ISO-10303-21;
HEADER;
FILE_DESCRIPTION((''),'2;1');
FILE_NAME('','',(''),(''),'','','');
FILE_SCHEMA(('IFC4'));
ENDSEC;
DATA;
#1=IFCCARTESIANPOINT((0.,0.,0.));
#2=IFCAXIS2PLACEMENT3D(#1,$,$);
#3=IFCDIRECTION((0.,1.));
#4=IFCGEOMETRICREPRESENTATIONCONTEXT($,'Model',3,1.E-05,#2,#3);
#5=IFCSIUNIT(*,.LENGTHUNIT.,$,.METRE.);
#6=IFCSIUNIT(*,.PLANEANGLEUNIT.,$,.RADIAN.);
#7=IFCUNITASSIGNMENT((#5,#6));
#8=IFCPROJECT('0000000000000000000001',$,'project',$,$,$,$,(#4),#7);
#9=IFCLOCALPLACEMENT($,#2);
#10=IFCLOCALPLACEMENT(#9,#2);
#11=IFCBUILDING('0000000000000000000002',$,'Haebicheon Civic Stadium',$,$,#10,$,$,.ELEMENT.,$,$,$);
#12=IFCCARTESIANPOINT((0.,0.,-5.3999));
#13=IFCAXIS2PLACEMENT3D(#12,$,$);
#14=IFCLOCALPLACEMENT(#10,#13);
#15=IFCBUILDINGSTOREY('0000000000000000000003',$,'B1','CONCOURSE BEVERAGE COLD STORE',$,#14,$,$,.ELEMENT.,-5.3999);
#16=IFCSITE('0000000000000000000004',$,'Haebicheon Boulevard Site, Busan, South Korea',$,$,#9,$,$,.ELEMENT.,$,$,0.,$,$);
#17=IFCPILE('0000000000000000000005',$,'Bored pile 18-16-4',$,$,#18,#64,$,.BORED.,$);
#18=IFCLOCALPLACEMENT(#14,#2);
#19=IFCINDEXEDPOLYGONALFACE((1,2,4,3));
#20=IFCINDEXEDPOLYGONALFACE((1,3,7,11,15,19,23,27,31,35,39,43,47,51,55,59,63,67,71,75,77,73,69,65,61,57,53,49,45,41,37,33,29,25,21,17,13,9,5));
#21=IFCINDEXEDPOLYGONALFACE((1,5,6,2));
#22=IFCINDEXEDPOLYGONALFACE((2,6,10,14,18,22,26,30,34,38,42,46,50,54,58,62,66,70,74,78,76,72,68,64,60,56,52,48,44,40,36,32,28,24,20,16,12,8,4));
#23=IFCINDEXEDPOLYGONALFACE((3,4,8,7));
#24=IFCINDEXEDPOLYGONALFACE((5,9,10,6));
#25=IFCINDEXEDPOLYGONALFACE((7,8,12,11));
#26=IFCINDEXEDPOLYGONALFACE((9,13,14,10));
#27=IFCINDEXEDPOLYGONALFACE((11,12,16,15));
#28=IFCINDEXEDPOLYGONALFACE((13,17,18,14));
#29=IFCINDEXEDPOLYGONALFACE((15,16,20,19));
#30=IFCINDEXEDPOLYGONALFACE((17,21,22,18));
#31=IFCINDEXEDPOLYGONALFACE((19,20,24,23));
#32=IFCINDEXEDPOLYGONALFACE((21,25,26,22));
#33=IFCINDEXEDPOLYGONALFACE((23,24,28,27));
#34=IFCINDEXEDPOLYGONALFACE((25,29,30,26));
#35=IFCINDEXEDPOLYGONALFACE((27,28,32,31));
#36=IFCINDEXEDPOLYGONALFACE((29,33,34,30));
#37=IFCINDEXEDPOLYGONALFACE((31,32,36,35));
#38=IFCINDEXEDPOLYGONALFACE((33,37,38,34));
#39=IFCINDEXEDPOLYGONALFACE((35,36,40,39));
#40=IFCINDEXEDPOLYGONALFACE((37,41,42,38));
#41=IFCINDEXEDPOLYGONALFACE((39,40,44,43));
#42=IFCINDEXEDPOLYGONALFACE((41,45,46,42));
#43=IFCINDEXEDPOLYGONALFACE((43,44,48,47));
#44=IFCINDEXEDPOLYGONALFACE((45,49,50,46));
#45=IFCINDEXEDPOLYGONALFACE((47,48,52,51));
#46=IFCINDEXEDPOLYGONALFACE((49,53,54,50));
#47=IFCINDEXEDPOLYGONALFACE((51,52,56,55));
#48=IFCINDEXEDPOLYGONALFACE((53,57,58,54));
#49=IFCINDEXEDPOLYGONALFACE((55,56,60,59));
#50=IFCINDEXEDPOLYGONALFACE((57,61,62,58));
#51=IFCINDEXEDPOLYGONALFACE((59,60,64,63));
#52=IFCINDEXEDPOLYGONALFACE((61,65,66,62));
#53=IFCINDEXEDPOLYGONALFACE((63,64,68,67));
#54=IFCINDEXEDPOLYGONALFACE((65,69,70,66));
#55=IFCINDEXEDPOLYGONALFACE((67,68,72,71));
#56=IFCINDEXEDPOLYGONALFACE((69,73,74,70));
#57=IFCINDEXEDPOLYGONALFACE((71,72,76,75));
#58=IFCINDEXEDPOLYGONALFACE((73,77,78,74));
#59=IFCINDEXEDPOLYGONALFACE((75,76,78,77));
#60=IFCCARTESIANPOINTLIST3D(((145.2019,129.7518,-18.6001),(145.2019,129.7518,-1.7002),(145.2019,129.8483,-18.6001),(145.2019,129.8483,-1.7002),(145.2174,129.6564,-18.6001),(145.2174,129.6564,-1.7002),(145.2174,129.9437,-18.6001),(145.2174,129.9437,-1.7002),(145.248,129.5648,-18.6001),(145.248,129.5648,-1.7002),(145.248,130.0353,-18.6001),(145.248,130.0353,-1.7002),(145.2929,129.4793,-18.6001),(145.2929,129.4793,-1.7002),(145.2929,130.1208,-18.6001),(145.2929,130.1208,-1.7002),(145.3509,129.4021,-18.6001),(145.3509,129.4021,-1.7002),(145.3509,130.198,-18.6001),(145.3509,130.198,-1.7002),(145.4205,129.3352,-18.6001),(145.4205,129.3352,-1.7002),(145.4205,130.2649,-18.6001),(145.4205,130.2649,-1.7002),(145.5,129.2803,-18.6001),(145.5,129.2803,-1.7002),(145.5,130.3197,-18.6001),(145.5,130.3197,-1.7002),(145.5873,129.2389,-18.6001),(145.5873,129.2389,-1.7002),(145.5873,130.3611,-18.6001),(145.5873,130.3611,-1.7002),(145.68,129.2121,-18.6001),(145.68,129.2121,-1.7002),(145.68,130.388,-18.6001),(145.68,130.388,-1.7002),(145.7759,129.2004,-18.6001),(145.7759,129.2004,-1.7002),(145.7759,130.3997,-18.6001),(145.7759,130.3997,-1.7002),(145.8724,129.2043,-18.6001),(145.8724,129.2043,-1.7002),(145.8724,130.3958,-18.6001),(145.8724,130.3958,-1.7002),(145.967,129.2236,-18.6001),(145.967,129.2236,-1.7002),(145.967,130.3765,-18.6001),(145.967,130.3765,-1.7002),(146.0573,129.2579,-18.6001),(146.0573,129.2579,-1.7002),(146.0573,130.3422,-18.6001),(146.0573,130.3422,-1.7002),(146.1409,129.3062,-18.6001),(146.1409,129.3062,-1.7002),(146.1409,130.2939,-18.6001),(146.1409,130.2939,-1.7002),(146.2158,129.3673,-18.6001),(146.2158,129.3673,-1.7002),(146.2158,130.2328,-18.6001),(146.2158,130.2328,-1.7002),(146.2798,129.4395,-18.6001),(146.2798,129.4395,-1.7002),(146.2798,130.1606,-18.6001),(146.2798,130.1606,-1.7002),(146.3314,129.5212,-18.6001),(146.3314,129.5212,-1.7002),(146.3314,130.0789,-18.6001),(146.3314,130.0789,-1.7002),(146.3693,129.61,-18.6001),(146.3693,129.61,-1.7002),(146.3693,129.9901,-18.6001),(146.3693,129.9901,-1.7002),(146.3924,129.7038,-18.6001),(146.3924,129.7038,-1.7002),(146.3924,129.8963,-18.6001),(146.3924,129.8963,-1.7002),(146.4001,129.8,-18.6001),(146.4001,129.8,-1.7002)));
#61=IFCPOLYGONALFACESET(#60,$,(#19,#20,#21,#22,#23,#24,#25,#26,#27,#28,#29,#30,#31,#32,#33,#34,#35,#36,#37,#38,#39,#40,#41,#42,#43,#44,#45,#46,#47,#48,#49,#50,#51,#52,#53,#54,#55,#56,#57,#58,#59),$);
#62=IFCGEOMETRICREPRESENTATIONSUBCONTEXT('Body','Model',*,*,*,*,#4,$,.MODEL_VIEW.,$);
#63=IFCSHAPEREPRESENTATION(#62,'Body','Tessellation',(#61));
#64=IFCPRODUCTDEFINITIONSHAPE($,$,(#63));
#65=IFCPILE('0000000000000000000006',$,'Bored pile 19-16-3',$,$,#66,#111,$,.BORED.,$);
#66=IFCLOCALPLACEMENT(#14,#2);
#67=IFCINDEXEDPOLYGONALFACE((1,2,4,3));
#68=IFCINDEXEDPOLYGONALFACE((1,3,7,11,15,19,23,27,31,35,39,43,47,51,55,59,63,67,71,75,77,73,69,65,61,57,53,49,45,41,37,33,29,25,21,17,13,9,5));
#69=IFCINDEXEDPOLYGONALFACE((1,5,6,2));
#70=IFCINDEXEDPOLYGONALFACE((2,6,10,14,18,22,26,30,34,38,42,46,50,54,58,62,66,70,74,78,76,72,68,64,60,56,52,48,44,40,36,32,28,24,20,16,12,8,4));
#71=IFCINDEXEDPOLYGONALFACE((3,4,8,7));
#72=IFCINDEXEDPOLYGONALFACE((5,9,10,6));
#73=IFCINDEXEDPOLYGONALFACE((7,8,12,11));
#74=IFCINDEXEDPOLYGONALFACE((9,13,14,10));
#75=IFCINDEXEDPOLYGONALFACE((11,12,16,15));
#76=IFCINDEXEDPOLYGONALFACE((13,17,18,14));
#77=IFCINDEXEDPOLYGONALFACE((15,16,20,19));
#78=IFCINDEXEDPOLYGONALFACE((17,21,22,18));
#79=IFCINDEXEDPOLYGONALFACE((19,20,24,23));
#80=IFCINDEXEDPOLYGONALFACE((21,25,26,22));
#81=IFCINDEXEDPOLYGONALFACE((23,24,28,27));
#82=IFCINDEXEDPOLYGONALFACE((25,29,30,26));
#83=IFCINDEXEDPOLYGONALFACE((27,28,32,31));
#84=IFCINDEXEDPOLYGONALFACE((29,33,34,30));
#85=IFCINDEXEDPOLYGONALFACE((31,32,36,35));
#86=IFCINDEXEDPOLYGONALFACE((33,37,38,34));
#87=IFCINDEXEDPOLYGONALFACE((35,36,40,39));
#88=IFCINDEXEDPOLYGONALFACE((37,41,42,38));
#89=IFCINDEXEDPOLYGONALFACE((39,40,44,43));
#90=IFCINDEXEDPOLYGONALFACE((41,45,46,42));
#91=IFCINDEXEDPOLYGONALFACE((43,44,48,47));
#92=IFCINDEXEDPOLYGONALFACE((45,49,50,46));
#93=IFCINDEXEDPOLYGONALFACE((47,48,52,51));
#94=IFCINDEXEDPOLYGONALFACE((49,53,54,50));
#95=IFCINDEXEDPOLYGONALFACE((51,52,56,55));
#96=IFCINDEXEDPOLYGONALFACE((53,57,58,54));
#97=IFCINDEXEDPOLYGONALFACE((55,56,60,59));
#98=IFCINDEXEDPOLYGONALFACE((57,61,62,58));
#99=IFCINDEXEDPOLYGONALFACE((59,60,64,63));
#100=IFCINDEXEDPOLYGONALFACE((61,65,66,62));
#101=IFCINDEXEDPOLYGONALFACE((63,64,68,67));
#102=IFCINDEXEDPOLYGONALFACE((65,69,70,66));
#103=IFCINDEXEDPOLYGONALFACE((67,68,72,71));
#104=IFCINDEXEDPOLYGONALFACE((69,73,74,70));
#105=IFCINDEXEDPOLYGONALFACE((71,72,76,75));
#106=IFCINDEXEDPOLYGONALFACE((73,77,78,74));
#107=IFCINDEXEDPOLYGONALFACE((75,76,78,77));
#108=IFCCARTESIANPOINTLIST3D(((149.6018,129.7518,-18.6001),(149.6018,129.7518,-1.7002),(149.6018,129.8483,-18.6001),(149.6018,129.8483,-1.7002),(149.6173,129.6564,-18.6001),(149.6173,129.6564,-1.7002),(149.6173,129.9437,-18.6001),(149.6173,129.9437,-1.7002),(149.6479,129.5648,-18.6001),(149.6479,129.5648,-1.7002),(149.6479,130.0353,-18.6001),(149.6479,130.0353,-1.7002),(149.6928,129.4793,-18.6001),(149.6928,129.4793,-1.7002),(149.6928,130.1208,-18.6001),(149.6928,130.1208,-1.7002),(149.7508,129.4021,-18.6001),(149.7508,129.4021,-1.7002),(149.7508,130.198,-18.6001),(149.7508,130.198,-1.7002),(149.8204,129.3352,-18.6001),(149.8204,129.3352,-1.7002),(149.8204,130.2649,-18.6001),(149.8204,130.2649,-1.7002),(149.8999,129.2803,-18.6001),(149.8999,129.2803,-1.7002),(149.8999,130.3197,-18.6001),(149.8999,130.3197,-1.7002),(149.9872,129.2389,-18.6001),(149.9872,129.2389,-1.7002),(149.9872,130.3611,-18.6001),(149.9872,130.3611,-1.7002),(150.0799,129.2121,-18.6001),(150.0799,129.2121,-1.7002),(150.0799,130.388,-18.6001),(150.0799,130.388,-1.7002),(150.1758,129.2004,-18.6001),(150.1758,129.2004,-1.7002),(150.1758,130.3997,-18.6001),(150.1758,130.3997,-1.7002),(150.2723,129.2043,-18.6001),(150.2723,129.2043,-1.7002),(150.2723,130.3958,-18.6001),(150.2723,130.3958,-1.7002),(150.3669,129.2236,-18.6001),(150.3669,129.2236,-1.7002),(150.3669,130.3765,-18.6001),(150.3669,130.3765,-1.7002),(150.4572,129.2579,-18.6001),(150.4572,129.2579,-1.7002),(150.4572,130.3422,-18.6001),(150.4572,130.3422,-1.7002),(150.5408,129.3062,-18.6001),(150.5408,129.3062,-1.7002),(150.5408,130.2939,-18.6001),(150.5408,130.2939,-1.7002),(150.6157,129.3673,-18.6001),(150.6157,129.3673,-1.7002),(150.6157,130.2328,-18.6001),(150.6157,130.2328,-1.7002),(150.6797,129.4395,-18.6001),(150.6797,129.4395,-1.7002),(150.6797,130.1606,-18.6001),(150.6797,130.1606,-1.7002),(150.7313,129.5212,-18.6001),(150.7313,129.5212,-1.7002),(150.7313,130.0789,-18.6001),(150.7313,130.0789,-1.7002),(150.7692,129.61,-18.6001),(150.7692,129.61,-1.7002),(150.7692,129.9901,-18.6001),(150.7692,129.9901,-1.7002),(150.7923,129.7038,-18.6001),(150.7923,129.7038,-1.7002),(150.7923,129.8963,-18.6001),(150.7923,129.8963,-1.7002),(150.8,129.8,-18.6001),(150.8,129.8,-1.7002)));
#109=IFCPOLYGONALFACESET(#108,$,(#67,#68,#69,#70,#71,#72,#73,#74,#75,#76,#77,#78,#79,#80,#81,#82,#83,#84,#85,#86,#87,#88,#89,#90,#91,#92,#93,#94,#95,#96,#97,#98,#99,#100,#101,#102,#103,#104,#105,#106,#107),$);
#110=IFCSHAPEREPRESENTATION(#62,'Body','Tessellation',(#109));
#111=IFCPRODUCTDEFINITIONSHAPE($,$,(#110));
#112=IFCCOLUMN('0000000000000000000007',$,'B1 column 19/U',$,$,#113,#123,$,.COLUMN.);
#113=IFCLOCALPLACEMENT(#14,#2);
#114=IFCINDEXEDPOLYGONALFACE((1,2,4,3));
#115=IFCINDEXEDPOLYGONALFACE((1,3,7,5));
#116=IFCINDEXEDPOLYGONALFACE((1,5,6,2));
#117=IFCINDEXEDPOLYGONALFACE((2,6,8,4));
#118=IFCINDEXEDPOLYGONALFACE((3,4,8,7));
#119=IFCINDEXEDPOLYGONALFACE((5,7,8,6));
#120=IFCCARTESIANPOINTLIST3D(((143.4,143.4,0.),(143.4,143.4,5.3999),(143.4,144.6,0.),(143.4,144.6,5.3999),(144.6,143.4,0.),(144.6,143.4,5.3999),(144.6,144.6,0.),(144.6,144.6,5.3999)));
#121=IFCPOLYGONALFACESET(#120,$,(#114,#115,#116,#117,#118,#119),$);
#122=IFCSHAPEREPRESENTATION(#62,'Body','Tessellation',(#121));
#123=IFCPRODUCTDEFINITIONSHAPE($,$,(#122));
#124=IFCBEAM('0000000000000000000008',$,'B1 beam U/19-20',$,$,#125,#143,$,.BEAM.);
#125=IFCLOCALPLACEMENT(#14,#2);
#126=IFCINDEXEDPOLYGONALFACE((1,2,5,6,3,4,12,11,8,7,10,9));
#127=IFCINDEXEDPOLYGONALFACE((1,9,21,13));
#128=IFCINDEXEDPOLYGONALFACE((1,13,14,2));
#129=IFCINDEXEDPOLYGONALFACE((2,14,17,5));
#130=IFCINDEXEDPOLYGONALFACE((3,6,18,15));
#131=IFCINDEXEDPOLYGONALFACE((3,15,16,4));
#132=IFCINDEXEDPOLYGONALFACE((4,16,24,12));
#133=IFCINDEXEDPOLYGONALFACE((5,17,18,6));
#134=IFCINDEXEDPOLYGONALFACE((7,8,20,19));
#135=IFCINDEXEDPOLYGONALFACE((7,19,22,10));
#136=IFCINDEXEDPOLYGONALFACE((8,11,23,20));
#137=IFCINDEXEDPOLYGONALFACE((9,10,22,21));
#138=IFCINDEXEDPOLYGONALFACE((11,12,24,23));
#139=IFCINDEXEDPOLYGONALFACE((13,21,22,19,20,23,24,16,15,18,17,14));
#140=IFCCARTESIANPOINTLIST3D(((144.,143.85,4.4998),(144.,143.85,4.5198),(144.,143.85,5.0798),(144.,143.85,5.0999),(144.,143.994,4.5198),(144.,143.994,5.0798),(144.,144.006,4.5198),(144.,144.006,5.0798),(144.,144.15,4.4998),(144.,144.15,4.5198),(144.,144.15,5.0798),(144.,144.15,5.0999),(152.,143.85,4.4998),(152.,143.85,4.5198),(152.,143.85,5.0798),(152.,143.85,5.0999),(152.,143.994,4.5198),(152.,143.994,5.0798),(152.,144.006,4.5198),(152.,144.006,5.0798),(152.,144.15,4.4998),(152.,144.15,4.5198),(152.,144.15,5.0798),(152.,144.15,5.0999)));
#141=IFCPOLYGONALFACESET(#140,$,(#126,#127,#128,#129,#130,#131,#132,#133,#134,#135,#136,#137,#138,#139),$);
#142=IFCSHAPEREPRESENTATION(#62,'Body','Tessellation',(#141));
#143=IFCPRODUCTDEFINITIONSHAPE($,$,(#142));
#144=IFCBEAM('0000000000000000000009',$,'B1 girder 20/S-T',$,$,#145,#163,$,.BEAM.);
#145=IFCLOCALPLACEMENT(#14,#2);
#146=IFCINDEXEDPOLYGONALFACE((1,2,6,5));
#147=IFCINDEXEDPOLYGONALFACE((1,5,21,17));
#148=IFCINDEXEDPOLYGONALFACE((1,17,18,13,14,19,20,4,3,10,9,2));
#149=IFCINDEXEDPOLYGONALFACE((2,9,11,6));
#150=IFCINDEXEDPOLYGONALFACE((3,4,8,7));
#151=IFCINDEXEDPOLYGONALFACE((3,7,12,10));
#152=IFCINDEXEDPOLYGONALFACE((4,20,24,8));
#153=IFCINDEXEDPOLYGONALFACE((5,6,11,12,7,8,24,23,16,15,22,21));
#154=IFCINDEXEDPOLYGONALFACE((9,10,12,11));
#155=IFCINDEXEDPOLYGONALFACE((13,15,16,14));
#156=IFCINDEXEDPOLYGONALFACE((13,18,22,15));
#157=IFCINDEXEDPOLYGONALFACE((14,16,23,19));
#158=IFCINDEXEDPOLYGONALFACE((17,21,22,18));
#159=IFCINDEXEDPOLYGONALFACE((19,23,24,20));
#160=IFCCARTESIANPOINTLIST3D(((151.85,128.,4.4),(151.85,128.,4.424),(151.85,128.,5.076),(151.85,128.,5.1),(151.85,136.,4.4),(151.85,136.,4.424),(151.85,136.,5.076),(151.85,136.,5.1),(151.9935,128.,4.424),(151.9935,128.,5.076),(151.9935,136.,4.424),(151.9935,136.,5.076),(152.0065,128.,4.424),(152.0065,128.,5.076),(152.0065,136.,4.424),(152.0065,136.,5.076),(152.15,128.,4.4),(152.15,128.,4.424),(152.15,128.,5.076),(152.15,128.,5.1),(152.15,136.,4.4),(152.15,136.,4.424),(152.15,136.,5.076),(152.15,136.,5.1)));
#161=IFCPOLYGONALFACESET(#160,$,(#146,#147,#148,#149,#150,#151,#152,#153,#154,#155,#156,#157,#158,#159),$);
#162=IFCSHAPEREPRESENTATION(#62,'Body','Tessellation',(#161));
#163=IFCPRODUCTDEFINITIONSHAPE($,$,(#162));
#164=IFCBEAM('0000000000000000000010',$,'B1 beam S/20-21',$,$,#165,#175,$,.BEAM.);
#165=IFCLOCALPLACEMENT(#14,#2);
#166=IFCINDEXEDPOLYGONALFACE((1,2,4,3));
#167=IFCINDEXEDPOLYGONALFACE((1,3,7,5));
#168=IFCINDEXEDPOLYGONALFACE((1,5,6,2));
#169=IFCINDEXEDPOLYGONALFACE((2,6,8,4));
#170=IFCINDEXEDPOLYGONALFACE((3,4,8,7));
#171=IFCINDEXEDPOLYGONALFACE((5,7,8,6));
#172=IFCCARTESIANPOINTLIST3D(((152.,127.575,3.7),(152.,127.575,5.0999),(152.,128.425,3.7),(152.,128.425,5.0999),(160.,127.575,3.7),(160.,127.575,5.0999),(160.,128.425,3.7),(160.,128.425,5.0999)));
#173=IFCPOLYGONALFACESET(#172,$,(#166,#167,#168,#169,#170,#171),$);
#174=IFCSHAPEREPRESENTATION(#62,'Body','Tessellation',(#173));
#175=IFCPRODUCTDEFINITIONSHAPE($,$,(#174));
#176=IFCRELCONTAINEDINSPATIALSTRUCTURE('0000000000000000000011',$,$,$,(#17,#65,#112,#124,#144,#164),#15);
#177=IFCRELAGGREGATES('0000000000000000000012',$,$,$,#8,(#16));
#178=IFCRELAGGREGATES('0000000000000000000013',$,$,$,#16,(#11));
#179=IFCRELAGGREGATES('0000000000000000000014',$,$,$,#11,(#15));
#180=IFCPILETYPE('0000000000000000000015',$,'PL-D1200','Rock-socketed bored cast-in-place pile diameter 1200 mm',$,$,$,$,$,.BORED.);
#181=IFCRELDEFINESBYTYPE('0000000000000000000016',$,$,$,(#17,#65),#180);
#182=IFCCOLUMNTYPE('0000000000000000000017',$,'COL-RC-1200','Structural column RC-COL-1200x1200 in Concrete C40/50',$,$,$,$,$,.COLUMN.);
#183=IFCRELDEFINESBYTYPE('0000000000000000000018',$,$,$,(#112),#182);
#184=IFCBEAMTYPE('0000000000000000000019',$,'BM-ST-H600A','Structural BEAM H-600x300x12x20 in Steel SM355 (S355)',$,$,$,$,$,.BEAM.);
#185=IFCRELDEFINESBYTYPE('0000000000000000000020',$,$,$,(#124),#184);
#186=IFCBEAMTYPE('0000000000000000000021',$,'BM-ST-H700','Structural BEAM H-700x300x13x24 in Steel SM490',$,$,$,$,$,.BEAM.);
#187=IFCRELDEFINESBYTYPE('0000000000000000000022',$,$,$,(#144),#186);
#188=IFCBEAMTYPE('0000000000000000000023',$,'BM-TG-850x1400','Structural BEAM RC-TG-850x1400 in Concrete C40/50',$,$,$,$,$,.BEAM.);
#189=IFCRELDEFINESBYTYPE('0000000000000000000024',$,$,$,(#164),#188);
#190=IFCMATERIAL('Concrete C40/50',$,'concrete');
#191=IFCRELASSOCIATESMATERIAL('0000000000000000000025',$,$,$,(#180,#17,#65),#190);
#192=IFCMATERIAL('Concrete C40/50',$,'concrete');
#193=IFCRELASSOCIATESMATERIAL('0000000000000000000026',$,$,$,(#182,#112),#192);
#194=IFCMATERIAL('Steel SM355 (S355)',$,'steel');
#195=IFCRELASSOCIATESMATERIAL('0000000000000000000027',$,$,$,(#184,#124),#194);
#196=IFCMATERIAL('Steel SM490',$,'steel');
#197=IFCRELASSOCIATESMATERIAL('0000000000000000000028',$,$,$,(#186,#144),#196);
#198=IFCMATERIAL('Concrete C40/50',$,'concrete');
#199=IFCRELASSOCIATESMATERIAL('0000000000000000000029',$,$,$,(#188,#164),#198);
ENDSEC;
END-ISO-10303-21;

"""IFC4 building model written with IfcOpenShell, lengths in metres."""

from ifc_helpers import new_model, si_unit, direction, frame, origin, origin_2d, place, context, subcontext, project, spatial, rectangle, circle, i_section, extrude, material, material_profile, profile_set, type_object, element, save


model = new_model("IFC4")

# Units and contexts
model_context = context("Model", 3, precision=1e-05, world=origin(), true_north=direction((0.0, 1.0)))
body_context = subcontext(model_context, "Body", "Model", "MODEL_VIEW")
ifc_project = project(units=[si_unit("LENGTHUNIT", "METRE"), si_unit("PLANEANGLEUNIT", "RADIAN")], contexts=[model_context])

# Site, building, storey
site_placement = place(None, origin())
site = spatial("IfcSite", under=ifc_project, at=site_placement, Name="Haebicheon Boulevard Site, Busan, South Korea", CompositionType="ELEMENT", RefElevation=0.0)
building_placement = place(site_placement, origin())
building = spatial("IfcBuilding", under=site, at=building_placement, Name="Haebicheon Civic Stadium", CompositionType="ELEMENT")
storey_placement = place(building_placement, frame((0.0, 0.0, -5.3999)))
storey = spatial("IfcBuildingStorey", under=building, at=storey_placement, Name="B1", Description="CONCOURSE BEVERAGE COLD STORE", CompositionType="ELEMENT", Elevation=-5.3999)

# Piles
ifc_material_1 = material(Name="Concrete C40/50", Category="concrete")
ifc_material_profile_1 = material_profile(ifc_material_1, circle(Radius=0.6001, at=origin_2d()), Name="PILE-D1200")
ifc_profile_set_1 = profile_set([ifc_material_profile_1], Name="Concrete C40/50")
pile_type_1 = type_object("IfcPileType", Name="PL-D1200", Description="Rock-socketed bored cast-in-place pile diameter 1200 mm", PredefinedType="BORED", material=ifc_profile_set_1)
for number, where, z_axis, x_axis, name in (
    (1, (145.8, 129.8, -1.7002), (0.0, 0.0, -1.0), (1.0, 0.0, 0.0), "Bored pile 18-16-4"),
    (2, (150.2, 129.8, -1.7002), (0.0, 0.0, -1.0), (1.0, 0.0, 0.0), "Bored pile 19-16-3"),
):
    element("IfcPile", number, at=place(storey_placement, frame(where, z_axis=z_axis, x_axis=x_axis)), inside=storey, type_object=pile_type_1, material=ifc_profile_set_1, Name=name, PredefinedType="BORED", context=body_context, shape_type="SweptSolid", body=[
        extrude(circle(Radius=0.6001, at=origin_2d()), origin(), (0.0, 0.0, 1.0), 16.8999),
    ])

# Column
ifc_material_2 = material(Name="Concrete C40/50", Category="concrete")
ifc_material_profile_2 = material_profile(ifc_material_2, rectangle(XDim=1.2, YDim=1.2, at=origin_2d()), Name="RC-COL-1200x1200")
ifc_profile_set_2 = profile_set([ifc_material_profile_2], Name="Concrete C40/50")
column_type = type_object("IfcColumnType", Name="COL-RC-1200", Description="Structural column RC-COL-1200x1200 in Concrete C40/50", PredefinedType="COLUMN", material=ifc_profile_set_2)
column_placement = place(storey_placement, frame((144.0, 144.0, 0.0), z_axis=(0.0, 0.0, 1.0), x_axis=(1.0, 0.0, 0.0)))
element("IfcColumn", 3, at=column_placement, inside=storey, type_object=column_type, material=ifc_profile_set_2, Name="B1 column 19/U", PredefinedType="COLUMN", context=body_context, shape_type="SweptSolid", body=[
    extrude(rectangle(XDim=1.2, YDim=1.2, at=origin_2d()), origin(), (0.0, 0.0, 1.0), 5.3999),
])

# Beams
ifc_material_3 = material(Name="Steel SM355 (S355)", Category="steel")
ifc_material_profile_3 = material_profile(ifc_material_3, i_section(OverallWidth=0.3, OverallDepth=0.6001, WebThickness=0.012, FlangeThickness=0.02, at=origin_2d()), Name="H-600x300x12x20")
ifc_profile_set_3 = profile_set([ifc_material_profile_3], Name="Steel SM355 (S355)")
beam_type_1 = type_object("IfcBeamType", Name="BM-ST-H600A", Description="Structural BEAM H-600x300x12x20 in Steel SM355 (S355)", PredefinedType="BEAM", material=ifc_profile_set_3)
beam_1_placement = place(storey_placement, frame((144.0, 144.0, 4.7998), z_axis=(1.0, 0.0, 0.0), x_axis=(0.0, 1.0, 0.0)))
element("IfcBeam", 4, at=beam_1_placement, inside=storey, type_object=beam_type_1, material=ifc_profile_set_3, Name="B1 beam U/19-20", PredefinedType="BEAM", context=body_context, shape_type="SweptSolid", body=[
    extrude(i_section(OverallWidth=0.3, OverallDepth=0.6001, WebThickness=0.012, FlangeThickness=0.02, at=origin_2d()), origin(), (0.0, 0.0, 1.0), 8.0),
])
ifc_material_4 = material(Name="Steel SM490", Category="steel")
ifc_material_profile_4 = material_profile(ifc_material_4, i_section(OverallWidth=0.3, OverallDepth=0.7, WebThickness=0.0129, FlangeThickness=0.0239, at=origin_2d()), Name="H-700x300x13x24")
ifc_profile_set_4 = profile_set([ifc_material_profile_4], Name="Steel SM490")
beam_type_2 = type_object("IfcBeamType", Name="BM-ST-H700", Description="Structural BEAM H-700x300x13x24 in Steel SM490", PredefinedType="BEAM", material=ifc_profile_set_4)
beam_2_placement = place(storey_placement, frame((152.0, 128.0, 4.75), z_axis=(0.0, 1.0, 0.0), x_axis=(-1.0, 0.0, 0.0)))
element("IfcBeam", 5, at=beam_2_placement, inside=storey, type_object=beam_type_2, material=ifc_profile_set_4, Name="B1 girder 20/S-T", PredefinedType="BEAM", context=body_context, shape_type="SweptSolid", body=[
    extrude(i_section(OverallWidth=0.3, OverallDepth=0.7, WebThickness=0.0129, FlangeThickness=0.0239, at=origin_2d()), origin(), (0.0, 0.0, 1.0), 8.0),
])
ifc_material_5 = material(Name="Concrete C40/50", Category="concrete")
ifc_material_profile_5 = material_profile(ifc_material_5, rectangle(XDim=0.8501, YDim=1.3999, at=origin_2d()), Name="RC-TG-850x1400")
ifc_profile_set_5 = profile_set([ifc_material_profile_5], Name="Concrete C40/50")
beam_type_3 = type_object("IfcBeamType", Name="BM-TG-850x1400", Description="Structural BEAM RC-TG-850x1400 in Concrete C40/50", PredefinedType="BEAM", material=ifc_profile_set_5)
beam_3_placement = place(storey_placement, frame((152.0, 128.0, 4.3999), z_axis=(1.0, 0.0, 0.0), x_axis=(0.0, 1.0, 0.0)))
element("IfcBeam", 6, at=beam_3_placement, inside=storey, type_object=beam_type_3, material=ifc_profile_set_5, Name="B1 beam S/20-21", PredefinedType="BEAM", context=body_context, shape_type="SweptSolid", body=[
    extrude(rectangle(XDim=0.8501, YDim=1.3999, at=origin_2d()), origin(), (0.0, 0.0, 1.0), 8.0),
])

save(model, "model.ifc")
